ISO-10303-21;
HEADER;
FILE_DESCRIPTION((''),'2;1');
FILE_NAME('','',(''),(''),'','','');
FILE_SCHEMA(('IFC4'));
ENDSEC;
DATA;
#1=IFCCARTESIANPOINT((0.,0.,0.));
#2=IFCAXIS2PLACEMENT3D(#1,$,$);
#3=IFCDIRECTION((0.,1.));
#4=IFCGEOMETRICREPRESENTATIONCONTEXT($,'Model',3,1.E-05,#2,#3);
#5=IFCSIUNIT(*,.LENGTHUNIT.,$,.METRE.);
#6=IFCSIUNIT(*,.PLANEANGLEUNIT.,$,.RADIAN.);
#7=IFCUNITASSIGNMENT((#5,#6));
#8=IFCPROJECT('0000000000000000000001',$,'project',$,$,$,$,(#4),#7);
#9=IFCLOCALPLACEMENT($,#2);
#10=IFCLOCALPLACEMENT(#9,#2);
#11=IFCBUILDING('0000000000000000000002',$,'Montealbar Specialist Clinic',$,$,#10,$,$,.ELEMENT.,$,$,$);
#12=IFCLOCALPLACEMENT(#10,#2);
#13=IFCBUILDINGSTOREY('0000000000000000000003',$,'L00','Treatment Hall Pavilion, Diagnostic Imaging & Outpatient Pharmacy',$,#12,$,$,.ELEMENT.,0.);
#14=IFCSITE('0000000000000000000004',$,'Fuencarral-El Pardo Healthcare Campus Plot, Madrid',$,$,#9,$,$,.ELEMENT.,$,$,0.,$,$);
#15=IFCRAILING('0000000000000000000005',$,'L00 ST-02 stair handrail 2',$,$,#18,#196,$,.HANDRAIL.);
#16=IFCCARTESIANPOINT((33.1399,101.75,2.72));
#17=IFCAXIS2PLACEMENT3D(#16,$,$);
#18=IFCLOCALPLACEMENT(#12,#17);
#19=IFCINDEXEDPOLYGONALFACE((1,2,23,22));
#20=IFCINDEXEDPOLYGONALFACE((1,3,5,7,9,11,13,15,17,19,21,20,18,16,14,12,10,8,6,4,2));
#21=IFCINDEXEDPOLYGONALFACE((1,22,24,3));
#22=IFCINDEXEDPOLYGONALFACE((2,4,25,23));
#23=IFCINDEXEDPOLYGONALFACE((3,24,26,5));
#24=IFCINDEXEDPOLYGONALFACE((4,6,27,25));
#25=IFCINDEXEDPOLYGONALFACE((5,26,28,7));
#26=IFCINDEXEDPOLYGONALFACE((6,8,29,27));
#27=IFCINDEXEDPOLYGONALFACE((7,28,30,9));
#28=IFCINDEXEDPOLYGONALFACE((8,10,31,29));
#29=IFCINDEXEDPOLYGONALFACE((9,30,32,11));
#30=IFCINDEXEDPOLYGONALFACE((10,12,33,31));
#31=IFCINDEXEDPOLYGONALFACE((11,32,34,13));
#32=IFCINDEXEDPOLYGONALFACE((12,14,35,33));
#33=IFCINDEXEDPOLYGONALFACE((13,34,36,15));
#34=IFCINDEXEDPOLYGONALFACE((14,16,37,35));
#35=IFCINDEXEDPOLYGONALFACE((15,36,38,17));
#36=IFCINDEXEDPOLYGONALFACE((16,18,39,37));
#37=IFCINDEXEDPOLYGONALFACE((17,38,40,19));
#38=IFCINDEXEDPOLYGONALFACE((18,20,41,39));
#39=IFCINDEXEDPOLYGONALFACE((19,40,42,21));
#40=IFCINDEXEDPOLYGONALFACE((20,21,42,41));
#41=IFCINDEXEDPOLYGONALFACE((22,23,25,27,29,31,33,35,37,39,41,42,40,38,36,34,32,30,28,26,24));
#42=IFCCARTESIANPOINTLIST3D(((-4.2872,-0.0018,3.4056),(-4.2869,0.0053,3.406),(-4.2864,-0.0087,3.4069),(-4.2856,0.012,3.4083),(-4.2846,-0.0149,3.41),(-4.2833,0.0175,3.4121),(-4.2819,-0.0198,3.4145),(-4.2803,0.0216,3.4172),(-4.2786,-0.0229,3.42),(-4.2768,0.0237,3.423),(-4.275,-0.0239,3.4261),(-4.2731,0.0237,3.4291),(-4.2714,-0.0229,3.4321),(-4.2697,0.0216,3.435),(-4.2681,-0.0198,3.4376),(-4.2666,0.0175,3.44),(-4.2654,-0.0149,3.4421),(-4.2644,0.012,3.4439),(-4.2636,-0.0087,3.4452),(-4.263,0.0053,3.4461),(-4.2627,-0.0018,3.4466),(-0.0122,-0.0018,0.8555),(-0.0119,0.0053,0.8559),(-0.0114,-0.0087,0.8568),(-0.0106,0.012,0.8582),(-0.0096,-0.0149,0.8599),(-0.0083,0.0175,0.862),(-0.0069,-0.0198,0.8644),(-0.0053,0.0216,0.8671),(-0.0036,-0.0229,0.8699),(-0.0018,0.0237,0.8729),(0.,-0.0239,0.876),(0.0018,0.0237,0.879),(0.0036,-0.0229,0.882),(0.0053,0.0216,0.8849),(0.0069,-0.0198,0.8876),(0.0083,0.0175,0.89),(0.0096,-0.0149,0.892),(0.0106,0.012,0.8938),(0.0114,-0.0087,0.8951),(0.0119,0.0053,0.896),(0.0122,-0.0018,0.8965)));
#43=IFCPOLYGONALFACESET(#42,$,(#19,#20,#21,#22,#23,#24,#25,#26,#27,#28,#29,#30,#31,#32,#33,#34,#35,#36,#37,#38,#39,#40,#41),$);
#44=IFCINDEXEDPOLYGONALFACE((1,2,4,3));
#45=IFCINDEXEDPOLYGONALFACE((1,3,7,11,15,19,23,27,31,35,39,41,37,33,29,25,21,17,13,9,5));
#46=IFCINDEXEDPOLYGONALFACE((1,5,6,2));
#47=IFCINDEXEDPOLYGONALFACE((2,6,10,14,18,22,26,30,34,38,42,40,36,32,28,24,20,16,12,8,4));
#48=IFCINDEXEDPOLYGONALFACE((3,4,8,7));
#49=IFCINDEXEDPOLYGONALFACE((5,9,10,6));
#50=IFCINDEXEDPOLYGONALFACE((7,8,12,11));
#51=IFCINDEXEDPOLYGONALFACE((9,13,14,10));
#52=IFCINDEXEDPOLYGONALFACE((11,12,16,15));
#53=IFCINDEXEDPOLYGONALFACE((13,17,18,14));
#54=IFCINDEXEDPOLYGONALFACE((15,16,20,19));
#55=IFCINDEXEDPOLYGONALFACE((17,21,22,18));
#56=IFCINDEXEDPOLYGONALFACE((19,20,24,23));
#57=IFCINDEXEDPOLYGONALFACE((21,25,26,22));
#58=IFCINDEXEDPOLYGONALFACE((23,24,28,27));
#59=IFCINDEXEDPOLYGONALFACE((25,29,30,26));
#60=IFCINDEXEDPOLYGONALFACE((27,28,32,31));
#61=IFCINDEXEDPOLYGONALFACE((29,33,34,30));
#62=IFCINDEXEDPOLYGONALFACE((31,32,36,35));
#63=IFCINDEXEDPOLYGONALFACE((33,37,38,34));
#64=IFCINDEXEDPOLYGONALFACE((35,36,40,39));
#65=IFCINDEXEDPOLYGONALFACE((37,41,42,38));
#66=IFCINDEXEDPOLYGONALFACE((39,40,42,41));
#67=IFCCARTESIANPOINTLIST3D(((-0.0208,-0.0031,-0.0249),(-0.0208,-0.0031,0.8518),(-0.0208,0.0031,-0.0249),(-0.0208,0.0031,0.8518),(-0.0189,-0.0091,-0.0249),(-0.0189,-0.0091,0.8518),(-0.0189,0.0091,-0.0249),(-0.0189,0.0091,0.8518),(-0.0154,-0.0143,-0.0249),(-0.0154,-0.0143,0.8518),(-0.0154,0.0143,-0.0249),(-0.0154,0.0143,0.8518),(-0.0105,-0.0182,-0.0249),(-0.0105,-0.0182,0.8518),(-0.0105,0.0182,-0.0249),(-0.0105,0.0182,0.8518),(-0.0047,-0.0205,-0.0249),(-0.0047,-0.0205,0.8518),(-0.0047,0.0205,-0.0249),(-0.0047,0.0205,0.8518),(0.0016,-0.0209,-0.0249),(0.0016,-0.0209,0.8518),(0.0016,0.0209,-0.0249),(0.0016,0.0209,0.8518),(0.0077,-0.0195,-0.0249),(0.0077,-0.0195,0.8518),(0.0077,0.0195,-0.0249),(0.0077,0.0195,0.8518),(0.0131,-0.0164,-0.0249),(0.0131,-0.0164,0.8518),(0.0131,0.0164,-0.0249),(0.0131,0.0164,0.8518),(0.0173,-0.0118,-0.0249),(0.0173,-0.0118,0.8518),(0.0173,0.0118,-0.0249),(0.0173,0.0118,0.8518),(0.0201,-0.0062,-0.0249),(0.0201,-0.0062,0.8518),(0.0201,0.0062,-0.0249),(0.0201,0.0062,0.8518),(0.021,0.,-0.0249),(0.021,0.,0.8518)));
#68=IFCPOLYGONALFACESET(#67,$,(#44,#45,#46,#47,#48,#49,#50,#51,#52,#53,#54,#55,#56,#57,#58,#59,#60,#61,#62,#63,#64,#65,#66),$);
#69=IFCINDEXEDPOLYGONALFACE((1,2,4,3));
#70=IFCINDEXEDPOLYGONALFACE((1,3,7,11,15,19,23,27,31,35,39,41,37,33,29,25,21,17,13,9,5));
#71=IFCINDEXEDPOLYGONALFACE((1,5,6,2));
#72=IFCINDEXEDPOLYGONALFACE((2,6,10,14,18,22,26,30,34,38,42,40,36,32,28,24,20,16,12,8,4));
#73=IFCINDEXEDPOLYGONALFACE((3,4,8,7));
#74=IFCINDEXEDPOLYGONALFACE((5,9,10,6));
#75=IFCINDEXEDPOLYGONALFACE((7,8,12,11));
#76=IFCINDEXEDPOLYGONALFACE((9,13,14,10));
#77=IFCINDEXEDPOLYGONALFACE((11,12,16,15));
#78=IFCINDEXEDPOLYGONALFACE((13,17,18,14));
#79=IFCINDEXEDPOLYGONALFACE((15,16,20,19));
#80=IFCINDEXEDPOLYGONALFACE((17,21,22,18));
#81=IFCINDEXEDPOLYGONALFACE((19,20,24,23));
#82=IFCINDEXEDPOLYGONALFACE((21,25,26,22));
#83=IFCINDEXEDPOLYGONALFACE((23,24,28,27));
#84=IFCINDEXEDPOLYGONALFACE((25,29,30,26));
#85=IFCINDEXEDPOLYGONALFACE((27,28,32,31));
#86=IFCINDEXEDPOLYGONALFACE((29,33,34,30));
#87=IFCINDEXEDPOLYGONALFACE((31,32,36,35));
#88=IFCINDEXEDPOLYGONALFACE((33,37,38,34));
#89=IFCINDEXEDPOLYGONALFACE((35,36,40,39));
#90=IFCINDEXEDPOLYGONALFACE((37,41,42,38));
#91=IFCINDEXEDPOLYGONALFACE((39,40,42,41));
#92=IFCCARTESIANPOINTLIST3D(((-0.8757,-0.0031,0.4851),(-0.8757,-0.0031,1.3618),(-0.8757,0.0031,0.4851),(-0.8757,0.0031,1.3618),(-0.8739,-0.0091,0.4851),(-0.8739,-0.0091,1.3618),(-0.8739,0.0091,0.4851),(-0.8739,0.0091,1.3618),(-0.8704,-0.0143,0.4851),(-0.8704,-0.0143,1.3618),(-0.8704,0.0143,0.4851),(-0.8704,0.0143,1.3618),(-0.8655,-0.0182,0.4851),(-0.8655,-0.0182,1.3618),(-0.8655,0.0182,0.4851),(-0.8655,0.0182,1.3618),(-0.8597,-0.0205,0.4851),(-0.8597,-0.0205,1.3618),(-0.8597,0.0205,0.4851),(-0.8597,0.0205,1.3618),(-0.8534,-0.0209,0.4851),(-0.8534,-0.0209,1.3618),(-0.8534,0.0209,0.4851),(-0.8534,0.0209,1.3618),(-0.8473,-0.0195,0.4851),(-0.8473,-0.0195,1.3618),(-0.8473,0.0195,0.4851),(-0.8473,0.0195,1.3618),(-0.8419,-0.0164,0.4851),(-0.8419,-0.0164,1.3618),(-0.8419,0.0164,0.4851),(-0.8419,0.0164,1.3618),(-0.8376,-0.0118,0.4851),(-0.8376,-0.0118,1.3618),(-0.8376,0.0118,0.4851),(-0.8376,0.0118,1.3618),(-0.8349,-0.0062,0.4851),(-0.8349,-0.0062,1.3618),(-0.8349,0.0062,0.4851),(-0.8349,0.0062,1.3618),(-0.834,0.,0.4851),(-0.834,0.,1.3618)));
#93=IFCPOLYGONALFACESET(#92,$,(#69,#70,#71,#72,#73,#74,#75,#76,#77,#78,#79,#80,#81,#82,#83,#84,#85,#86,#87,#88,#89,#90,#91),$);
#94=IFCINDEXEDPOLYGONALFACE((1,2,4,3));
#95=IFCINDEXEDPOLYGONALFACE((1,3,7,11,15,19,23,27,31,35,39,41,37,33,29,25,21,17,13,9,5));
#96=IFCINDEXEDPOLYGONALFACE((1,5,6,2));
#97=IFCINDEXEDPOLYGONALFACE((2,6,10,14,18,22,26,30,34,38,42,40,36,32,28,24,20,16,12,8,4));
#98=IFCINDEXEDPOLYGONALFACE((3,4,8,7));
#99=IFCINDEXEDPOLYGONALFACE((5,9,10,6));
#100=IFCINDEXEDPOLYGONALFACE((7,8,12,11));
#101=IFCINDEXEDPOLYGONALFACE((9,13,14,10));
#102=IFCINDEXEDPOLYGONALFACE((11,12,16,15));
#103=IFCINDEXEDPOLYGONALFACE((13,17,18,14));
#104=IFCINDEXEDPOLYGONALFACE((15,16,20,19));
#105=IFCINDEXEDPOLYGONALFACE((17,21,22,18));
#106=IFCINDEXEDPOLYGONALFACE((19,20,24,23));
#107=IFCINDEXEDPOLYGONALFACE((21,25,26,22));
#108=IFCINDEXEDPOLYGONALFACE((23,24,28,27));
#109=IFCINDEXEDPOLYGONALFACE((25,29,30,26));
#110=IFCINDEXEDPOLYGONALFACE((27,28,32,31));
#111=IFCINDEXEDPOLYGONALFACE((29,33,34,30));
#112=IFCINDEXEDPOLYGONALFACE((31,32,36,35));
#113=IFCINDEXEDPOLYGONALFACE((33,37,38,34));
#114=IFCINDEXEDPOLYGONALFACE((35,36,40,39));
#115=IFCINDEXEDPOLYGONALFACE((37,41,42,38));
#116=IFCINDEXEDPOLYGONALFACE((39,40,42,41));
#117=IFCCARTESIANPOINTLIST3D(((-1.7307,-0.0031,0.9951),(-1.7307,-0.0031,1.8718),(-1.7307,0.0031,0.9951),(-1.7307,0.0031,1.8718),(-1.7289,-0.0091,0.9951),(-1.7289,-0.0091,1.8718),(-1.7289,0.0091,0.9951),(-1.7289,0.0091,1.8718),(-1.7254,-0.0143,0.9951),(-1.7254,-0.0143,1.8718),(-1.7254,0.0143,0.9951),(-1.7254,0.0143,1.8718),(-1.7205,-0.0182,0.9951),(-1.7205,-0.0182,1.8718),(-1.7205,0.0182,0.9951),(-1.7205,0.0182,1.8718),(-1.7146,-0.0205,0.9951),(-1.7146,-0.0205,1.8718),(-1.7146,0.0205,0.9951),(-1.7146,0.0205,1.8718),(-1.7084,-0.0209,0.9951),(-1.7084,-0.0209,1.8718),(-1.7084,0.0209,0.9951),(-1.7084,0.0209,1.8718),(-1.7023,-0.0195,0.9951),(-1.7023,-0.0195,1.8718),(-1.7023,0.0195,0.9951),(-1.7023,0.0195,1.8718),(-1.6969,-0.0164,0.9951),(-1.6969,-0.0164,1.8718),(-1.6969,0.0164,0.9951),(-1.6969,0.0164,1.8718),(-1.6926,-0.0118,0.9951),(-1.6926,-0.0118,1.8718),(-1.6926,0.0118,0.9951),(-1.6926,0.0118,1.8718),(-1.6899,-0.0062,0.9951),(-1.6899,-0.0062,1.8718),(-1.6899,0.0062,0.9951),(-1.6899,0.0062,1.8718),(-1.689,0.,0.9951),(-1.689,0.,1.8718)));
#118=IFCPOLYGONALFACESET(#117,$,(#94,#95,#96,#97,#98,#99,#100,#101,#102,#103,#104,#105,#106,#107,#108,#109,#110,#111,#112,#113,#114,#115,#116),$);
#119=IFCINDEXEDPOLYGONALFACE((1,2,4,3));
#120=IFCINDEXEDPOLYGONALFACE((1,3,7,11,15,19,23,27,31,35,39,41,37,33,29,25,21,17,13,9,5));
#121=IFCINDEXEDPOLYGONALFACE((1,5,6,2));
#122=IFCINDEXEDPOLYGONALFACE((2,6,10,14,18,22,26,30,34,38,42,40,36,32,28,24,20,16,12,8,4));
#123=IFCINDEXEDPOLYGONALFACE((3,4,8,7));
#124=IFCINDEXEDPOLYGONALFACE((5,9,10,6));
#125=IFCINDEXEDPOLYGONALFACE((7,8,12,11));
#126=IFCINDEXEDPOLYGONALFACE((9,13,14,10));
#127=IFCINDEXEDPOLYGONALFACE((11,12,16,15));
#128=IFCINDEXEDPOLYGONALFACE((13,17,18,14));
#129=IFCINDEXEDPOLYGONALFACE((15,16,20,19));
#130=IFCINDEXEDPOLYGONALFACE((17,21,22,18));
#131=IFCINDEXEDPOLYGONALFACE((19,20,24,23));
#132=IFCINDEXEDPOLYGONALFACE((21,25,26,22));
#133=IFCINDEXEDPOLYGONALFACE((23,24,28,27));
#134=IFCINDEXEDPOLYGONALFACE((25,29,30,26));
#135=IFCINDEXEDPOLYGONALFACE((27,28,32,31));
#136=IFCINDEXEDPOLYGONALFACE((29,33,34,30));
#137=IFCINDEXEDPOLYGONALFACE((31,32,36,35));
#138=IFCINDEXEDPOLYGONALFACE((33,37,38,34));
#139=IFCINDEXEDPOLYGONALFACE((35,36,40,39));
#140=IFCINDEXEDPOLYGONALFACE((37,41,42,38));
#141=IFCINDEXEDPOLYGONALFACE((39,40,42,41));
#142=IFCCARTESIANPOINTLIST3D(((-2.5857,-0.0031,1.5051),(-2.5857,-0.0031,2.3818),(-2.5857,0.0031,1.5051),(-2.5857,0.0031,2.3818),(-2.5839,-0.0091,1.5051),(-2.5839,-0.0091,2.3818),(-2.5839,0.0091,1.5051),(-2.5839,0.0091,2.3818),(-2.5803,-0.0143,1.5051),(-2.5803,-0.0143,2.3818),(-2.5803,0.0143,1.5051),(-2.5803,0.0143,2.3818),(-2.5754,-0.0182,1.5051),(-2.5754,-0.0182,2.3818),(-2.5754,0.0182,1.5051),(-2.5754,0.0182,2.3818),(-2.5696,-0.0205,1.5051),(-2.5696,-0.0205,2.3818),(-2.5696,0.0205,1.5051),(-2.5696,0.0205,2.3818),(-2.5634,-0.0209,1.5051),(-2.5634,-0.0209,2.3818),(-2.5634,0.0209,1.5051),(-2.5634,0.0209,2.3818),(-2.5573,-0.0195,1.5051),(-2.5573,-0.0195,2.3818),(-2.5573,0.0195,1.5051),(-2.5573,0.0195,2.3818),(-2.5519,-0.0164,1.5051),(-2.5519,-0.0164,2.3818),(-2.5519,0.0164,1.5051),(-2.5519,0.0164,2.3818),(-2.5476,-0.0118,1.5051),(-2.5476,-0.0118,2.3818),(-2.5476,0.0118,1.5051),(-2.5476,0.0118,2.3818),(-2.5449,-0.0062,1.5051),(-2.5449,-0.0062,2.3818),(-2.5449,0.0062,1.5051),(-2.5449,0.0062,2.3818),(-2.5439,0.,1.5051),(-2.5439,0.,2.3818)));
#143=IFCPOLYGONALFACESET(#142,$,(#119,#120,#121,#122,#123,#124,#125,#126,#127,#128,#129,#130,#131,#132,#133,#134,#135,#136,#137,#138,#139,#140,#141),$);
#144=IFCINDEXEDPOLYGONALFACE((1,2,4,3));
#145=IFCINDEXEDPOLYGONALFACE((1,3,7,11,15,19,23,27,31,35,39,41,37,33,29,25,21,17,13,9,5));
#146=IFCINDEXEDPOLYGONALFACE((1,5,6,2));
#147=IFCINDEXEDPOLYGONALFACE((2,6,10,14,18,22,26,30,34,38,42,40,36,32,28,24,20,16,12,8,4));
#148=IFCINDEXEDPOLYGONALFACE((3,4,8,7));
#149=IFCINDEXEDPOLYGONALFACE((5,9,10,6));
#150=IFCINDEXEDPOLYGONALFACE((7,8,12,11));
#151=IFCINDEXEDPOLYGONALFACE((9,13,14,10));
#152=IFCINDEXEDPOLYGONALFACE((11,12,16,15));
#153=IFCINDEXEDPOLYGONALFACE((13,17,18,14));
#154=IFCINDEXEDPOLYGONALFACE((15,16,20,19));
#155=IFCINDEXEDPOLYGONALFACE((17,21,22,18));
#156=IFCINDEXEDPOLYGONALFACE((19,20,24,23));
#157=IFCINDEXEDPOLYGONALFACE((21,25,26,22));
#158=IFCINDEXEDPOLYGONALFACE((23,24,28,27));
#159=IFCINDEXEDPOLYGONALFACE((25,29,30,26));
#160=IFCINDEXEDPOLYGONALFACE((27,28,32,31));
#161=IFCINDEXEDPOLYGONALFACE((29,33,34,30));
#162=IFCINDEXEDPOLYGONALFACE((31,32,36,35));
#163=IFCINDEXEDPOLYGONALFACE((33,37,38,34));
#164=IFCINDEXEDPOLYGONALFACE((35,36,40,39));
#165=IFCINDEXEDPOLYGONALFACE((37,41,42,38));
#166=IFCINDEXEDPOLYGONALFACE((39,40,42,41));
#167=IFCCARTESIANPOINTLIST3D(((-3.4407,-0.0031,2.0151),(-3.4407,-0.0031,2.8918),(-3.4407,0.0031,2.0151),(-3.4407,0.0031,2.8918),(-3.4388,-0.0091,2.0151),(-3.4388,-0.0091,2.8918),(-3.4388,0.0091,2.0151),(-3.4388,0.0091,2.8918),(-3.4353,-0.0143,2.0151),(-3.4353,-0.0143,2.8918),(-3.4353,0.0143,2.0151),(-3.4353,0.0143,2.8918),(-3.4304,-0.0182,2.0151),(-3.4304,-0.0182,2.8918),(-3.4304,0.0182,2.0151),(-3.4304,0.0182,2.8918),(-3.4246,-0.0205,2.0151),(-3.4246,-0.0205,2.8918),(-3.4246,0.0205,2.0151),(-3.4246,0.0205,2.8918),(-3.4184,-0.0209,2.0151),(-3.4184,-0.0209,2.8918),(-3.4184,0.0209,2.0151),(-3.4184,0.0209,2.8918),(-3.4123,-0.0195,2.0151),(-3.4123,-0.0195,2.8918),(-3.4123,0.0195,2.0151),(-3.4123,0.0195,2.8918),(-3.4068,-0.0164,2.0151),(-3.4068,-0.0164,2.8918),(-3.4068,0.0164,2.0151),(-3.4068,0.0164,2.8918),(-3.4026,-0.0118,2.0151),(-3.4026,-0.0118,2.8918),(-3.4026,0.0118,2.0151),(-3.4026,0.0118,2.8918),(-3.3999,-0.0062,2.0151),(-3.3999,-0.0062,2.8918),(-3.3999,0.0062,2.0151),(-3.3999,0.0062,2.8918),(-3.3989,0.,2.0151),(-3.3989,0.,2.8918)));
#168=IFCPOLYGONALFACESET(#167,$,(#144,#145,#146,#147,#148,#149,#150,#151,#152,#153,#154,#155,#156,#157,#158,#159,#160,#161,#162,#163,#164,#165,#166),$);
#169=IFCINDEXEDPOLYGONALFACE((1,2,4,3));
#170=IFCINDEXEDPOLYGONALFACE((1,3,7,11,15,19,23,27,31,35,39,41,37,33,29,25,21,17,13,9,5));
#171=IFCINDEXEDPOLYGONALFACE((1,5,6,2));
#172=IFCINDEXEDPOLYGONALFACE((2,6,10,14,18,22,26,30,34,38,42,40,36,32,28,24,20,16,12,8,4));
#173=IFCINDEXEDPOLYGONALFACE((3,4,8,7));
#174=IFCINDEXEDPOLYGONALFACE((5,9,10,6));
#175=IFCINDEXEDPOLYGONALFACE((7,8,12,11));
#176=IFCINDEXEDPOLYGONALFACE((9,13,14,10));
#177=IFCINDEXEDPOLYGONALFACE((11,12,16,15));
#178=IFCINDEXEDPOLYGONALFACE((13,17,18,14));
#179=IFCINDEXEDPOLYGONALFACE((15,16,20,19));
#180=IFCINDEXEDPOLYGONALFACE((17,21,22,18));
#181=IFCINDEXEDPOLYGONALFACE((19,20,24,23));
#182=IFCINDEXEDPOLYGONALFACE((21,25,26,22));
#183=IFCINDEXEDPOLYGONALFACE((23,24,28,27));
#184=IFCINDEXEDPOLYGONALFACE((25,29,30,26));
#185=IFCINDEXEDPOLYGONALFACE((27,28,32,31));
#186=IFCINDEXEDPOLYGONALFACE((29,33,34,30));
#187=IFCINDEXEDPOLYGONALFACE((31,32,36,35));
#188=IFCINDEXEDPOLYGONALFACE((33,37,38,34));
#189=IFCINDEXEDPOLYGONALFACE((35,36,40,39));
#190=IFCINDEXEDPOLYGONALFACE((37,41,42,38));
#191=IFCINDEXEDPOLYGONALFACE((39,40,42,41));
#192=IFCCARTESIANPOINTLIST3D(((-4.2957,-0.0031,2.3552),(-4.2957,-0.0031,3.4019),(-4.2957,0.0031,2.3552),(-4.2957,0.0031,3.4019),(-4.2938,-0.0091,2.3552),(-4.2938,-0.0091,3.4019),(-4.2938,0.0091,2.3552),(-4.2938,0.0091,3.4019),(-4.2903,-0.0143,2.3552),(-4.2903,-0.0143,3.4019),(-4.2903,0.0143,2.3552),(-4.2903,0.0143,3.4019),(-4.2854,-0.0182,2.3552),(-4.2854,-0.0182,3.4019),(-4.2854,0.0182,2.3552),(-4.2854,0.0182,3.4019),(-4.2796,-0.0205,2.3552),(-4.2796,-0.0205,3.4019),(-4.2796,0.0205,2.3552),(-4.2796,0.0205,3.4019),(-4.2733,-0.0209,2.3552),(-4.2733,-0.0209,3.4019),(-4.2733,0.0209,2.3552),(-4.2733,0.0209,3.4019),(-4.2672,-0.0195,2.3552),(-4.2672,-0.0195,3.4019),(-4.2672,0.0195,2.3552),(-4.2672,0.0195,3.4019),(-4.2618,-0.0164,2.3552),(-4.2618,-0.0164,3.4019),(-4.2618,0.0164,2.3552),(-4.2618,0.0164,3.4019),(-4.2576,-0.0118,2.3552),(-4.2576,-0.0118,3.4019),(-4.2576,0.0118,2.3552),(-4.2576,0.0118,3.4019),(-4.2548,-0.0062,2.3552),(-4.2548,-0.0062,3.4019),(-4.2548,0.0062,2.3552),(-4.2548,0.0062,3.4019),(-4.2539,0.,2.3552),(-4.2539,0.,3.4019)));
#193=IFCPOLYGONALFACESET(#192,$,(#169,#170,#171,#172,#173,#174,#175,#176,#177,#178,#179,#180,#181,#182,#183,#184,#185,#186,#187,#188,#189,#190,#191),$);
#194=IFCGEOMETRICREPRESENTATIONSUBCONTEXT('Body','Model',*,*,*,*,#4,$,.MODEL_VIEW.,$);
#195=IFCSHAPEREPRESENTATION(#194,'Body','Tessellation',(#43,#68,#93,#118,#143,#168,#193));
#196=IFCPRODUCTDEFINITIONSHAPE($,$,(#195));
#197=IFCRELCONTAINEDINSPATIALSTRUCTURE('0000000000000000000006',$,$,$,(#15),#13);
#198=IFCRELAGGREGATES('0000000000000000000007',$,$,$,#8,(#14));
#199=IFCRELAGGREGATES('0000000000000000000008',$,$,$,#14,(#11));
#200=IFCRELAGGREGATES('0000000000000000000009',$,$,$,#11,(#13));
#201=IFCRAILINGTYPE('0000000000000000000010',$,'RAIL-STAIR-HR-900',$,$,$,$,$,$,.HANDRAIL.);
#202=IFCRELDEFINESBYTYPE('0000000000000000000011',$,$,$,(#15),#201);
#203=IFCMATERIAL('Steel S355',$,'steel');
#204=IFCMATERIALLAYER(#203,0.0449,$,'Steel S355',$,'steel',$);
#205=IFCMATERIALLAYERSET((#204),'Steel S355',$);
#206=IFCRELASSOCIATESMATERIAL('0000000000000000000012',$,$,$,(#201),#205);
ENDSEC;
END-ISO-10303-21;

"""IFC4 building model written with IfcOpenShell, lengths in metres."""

from ifc_helpers import new_model, si_unit, direction, frame, origin, origin_2d, place, context, subcontext, project, spatial, circle, extrude, material, layer, layer_set, type_object, element, save


model = new_model("IFC4")

# Units and contexts
model_context = context("Model", 3, precision=1e-05, world=origin(), true_north=direction((0.0, 1.0)))
body_context = subcontext(model_context, "Body", "Model", "MODEL_VIEW")
ifc_project = project(units=[si_unit("LENGTHUNIT", "METRE"), si_unit("PLANEANGLEUNIT", "RADIAN")], contexts=[model_context])

# Site, building, storey
site_placement = place(None, origin())
site = spatial("IfcSite", under=ifc_project, at=site_placement, Name="Fuencarral-El Pardo Healthcare Campus Plot, Madrid", CompositionType="ELEMENT", RefElevation=0.0)
building_placement = place(site_placement, origin())
building = spatial("IfcBuilding", under=site, at=building_placement, Name="Montealbar Specialist Clinic", CompositionType="ELEMENT")
storey_placement = place(building_placement, origin())
storey = spatial("IfcBuildingStorey", under=building, at=storey_placement, Name="L00", Description="Treatment Hall Pavilion, Diagnostic Imaging & Outpatient Pharmacy", CompositionType="ELEMENT", Elevation=0.0)

# Shared definitions
ifc_material_1 = material(Name="Steel S355", Category="steel")

# Railing
ifc_layer_1 = layer(ifc_material_1, 0.0449, Name="Steel S355", Category="steel")
ifc_layer_set_1 = layer_set([ifc_layer_1], Name="Steel S355")
railing_type_1 = type_object("IfcRailingType", Name="RAIL-STAIR-HR-900", PredefinedType="HANDRAIL", material=ifc_layer_set_1)
railing_1_placement = place(storey_placement, frame((33.1399, 101.75, 2.72)))
element("IfcRailing", 1, at=railing_1_placement, inside=storey, type_object=railing_type_1, Name="L00 ST-02 stair handrail 2", PredefinedType="HANDRAIL", context=body_context, shape_type="SweptSolid", body=[
    extrude(circle(Radius=0.0239, at=origin_2d()), frame((0.0, 0.0, 0.876), z_axis=(-0.85881, 0.0, 0.512294), x_axis=(0.0, -1.0, 0.0)), (0.0, 0.0, 1.0), 4.9778),
    extrude(circle(Radius=0.021, at=origin_2d()), frame((0.0, 0.0, -0.0249)), (0.0, 0.0, 1.0), 0.8767),
    extrude(circle(Radius=0.021, at=origin_2d()), frame((-0.855, 0.0, 0.4851)), (0.0, 0.0, 1.0), 0.8767),
    extrude(circle(Radius=0.021, at=origin_2d()), frame((-1.71, 0.0, 0.9951)), (0.0, 0.0, 1.0), 0.8767),
    extrude(circle(Radius=0.021, at=origin_2d()), frame((-2.5649, 0.0, 1.5051)), (0.0, 0.0, 1.0), 0.8767),
    extrude(circle(Radius=0.021, at=origin_2d()), frame((-3.4199, 0.0, 2.0151)), (0.0, 0.0, 1.0), 0.8767),
    extrude(circle(Radius=0.021, at=origin_2d()), frame((-4.2749, 0.0, 2.3552)), (0.0, 0.0, 1.0), 1.0466),
])

save(model, "model.ifc")
